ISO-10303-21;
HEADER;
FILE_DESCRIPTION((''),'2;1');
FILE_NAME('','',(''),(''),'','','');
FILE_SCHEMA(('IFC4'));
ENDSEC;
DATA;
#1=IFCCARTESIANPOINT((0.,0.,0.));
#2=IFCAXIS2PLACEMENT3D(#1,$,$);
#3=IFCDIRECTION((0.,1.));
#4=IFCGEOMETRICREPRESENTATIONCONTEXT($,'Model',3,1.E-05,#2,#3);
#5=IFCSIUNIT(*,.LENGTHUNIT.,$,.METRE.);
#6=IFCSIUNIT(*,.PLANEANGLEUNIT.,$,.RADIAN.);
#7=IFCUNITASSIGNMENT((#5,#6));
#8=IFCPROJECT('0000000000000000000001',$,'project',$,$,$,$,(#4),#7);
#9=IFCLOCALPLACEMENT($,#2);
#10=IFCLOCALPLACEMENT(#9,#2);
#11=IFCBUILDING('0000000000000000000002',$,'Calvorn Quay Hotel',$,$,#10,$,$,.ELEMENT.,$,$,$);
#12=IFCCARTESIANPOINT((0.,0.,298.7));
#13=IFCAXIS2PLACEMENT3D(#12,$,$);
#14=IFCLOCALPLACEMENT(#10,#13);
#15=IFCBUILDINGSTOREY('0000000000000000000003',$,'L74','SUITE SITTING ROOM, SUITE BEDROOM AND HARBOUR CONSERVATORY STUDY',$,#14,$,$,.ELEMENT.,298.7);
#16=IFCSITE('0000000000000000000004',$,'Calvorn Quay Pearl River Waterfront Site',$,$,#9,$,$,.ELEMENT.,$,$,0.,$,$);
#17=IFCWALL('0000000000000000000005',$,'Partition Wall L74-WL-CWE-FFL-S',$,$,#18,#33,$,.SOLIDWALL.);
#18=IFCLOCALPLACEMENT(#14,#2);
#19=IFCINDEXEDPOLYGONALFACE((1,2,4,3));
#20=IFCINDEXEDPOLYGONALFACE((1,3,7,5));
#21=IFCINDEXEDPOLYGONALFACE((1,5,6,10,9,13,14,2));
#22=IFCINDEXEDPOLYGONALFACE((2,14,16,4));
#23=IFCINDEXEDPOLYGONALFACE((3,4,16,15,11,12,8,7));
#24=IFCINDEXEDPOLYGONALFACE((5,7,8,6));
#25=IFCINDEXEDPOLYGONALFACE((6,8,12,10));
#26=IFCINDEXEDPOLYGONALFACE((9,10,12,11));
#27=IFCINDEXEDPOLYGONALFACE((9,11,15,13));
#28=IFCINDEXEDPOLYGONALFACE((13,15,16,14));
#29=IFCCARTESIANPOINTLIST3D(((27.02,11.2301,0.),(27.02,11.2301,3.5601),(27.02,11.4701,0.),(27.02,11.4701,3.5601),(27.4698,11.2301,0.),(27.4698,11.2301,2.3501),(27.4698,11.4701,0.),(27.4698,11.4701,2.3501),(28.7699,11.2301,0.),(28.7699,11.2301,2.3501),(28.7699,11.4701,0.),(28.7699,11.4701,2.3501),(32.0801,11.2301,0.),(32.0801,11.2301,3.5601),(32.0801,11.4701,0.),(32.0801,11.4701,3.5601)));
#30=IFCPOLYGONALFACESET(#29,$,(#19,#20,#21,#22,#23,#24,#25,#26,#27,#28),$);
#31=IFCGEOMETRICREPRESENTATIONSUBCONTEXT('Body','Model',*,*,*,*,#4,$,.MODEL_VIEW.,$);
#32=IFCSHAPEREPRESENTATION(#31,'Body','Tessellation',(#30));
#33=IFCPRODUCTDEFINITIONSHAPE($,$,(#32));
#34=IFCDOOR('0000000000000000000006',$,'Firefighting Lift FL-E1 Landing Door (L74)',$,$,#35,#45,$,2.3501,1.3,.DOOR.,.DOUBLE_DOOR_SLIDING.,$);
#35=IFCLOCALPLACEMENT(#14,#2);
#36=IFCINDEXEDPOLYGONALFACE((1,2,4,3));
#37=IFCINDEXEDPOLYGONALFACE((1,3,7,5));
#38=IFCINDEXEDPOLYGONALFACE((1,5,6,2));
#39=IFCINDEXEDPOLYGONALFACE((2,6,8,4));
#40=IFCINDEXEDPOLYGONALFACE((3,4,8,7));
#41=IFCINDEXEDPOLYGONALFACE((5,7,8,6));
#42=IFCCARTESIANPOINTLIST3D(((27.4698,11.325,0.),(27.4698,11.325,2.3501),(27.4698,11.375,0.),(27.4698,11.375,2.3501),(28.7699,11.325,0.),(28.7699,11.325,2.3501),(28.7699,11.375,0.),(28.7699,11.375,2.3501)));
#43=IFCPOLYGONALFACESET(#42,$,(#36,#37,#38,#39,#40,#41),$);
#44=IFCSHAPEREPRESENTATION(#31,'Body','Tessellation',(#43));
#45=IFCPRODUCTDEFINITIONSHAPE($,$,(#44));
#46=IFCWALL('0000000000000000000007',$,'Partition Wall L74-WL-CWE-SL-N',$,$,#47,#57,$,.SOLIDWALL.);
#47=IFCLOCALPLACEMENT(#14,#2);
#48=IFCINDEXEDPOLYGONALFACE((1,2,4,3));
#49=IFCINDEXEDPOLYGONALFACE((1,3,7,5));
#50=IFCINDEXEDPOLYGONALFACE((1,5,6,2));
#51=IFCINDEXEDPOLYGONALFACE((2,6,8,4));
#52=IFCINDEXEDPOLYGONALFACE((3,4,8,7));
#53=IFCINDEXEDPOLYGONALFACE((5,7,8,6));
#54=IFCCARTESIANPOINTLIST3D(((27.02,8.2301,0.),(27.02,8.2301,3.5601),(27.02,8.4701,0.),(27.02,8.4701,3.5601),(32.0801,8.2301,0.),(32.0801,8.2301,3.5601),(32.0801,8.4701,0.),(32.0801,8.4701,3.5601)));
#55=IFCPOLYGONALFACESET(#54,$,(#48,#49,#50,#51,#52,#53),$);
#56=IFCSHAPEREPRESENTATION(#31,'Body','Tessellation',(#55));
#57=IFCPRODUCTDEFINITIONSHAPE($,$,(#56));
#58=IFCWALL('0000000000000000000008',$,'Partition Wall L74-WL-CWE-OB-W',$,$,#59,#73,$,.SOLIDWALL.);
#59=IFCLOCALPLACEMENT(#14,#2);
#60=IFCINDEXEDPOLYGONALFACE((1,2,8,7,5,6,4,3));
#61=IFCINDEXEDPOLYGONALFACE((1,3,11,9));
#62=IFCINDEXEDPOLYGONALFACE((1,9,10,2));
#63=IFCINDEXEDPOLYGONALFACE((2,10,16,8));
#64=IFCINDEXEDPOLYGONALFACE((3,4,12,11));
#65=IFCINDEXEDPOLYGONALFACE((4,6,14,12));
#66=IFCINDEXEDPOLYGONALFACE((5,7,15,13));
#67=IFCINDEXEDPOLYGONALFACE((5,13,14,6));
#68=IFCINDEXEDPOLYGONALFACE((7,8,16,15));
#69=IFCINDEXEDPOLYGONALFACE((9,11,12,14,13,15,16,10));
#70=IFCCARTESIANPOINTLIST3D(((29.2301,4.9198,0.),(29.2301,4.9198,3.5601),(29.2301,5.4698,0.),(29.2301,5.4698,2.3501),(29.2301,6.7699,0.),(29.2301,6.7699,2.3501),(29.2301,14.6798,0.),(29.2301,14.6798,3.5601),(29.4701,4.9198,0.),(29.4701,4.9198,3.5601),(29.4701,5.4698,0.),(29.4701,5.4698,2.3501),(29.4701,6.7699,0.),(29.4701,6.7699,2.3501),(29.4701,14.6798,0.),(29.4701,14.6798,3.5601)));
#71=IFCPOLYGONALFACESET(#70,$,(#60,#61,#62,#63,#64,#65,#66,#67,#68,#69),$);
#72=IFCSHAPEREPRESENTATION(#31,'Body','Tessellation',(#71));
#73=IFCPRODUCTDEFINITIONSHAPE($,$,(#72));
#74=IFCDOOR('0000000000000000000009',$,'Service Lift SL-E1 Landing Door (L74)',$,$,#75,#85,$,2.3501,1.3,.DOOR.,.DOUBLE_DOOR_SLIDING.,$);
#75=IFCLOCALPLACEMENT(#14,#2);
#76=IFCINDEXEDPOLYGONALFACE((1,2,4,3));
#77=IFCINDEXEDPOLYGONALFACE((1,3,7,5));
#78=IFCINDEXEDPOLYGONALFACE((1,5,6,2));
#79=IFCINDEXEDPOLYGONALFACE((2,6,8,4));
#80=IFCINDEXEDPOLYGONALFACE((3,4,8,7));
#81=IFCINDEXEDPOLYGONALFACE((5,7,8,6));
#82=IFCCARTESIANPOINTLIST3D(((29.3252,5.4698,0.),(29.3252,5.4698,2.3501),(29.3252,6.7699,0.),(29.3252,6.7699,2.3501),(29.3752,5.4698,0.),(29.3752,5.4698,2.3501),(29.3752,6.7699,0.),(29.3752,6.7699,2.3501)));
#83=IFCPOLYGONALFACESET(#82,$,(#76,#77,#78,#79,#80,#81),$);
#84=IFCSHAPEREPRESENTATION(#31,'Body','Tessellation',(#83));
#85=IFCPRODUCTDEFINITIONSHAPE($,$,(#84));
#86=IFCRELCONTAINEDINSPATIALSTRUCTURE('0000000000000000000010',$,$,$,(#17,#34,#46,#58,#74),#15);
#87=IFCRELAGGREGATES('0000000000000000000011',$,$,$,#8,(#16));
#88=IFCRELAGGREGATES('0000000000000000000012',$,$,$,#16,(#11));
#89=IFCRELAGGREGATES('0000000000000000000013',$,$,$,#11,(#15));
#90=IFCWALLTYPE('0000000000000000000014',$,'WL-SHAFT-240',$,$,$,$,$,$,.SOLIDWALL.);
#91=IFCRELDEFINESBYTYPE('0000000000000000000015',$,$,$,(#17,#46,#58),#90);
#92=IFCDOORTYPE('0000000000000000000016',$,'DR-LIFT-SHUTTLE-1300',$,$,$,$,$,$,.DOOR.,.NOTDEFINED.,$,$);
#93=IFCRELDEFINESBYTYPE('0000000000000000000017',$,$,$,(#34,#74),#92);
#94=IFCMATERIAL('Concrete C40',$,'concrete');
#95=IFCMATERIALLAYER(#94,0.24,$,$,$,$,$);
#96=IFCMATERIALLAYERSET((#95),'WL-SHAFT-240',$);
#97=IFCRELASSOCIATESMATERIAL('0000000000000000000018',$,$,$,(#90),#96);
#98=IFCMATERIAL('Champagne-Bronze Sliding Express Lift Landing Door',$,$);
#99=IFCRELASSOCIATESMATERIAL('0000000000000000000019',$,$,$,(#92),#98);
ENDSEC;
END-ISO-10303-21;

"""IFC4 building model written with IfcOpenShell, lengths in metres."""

from ifc_helpers import new_model, si_unit, direction, frame, frame_2d, origin, place, context, subcontext, project, spatial, rectangle, extrude, material, layer, layer_set, type_object, element, fill, save


model = new_model("IFC4")

# Units and contexts
model_context = context("Model", 3, precision=1e-05, world=origin(), true_north=direction((0.0, 1.0)))
body_context = subcontext(model_context, "Body", "Model", "MODEL_VIEW")
ifc_project = project(units=[si_unit("LENGTHUNIT", "METRE"), si_unit("PLANEANGLEUNIT", "RADIAN")], contexts=[model_context])

# Site, building, storey
site_placement = place(None, origin())
site = spatial("IfcSite", under=ifc_project, at=site_placement, Name="Calvorn Quay Pearl River Waterfront Site", CompositionType="ELEMENT", RefElevation=0.0)
building_placement = place(site_placement, origin())
building = spatial("IfcBuilding", under=site, at=building_placement, Name="Calvorn Quay Hotel", CompositionType="ELEMENT")
storey_placement = place(building_placement, frame((0.0, 0.0, 298.7)))
storey = spatial("IfcBuildingStorey", under=building, at=storey_placement, Name="L74", Description="SUITE SITTING ROOM, SUITE BEDROOM AND HARBOUR CONSERVATORY STUDY", CompositionType="ELEMENT", Elevation=298.7)

# Shared definitions
ifc_material_1 = material(Name="Concrete C40", Category="concrete")
ifc_layer_1 = layer(ifc_material_1, 0.24)
ifc_layer_set_1 = layer_set([ifc_layer_1], Name="WL-SHAFT-240")
wall_type_1 = type_object("IfcWallType", Name="WL-SHAFT-240", PredefinedType="SOLIDWALL", material=ifc_layer_set_1)

# Wall, opening, door
wall_1_placement = place(storey_placement, frame((27.02, 11.3501, 0.0), z_axis=(0.0, 0.0, 1.0), x_axis=(1.0, 0.0, 0.0)))
wall_1 = element("IfcWall", 1, at=wall_1_placement, inside=storey, type_object=wall_type_1, Name="Partition Wall L74-WL-CWE-FFL-S", PredefinedType="SOLIDWALL", context=body_context, shape_type="SweptSolid", body=[
    extrude(rectangle(XDim=5.0601, YDim=0.24, at=frame_2d((2.53, 0.0))), origin(), (0.0, 0.0, 1.0), 3.5601),
])
opening_1_placement = place(wall_1_placement, frame((0.45, 0.0, 0.0)))
opening_1 = element("IfcOpeningElement", 2, at=opening_1_placement, cuts=wall_1, PredefinedType="OPENING", context=body_context, shape_type="SweptSolid", body=[
    extrude(rectangle(XDim=1.3, YDim=2.3501, at=frame_2d((0.6499, 1.175))), frame((0.0, 0.1299, 0.0), z_axis=(0.0, -1.0, 0.0), x_axis=(1.0, 0.0, 0.0)), (0.0, 0.0, 1.0), 0.26),
])
ifc_material_2 = material(Name="Champagne-Bronze Sliding Express Lift Landing Door")
door_type_1 = type_object("IfcDoorType", Name="DR-LIFT-SHUTTLE-1300", OperationType="NOTDEFINED", PredefinedType="DOOR", material=ifc_material_2)
door_1_placement = place(opening_1_placement, origin())
door_1 = element("IfcDoor", 3, at=door_1_placement, inside=storey, type_object=door_type_1, Name="Firefighting Lift FL-E1 Landing Door (L74)", OperationType="DOUBLE_DOOR_SLIDING", OverallHeight=2.3501, OverallWidth=1.3, PredefinedType="DOOR", context=body_context, shape_type="SweptSolid", body=[
    extrude(rectangle(XDim=1.3, YDim=2.3501, at=frame_2d((0.6499, 1.175))), frame((0.0, 0.0249, 0.0), z_axis=(0.0, -1.0, 0.0), x_axis=(1.0, 0.0, 0.0)), (0.0, 0.0, 1.0), 0.05),
])
fill(opening_1, door_1)

# Wall
wall_2_placement = place(storey_placement, frame((27.02, 8.3501, 0.0), z_axis=(0.0, 0.0, 1.0), x_axis=(1.0, 0.0, 0.0)))
element("IfcWall", 4, at=wall_2_placement, inside=storey, type_object=wall_type_1, Name="Partition Wall L74-WL-CWE-SL-N", PredefinedType="SOLIDWALL", context=body_context, shape_type="SweptSolid", body=[
    extrude(rectangle(XDim=5.0601, YDim=0.24, at=frame_2d((2.53, 0.0))), origin(), (0.0, 0.0, 1.0), 3.5601),
])

# Wall, opening, door
wall_3_placement = place(storey_placement, frame((29.3501, 4.9199, 0.0), z_axis=(0.0, 0.0, 1.0), x_axis=(0.0, 1.0, 0.0)))
wall_3 = element("IfcWall", 5, at=wall_3_placement, inside=storey, type_object=wall_type_1, Name="Partition Wall L74-WL-CWE-OB-W", PredefinedType="SOLIDWALL", context=body_context, shape_type="SweptSolid", body=[
    extrude(rectangle(XDim=9.76, YDim=0.24, at=frame_2d((4.8799, 0.0))), origin(), (0.0, 0.0, 1.0), 3.5601),
])
opening_2_placement = place(wall_3_placement, frame((0.55, 0.0, 0.0)))
opening_2 = element("IfcOpeningElement", 6, at=opening_2_placement, cuts=wall_3, PredefinedType="OPENING", context=body_context, shape_type="SweptSolid", body=[
    extrude(rectangle(XDim=1.3, YDim=2.3501, at=frame_2d((0.6499, 1.175))), frame((0.0, 0.1299, 0.0), z_axis=(0.0, -1.0, 0.0), x_axis=(1.0, 0.0, 0.0)), (0.0, 0.0, 1.0), 0.26),
])
door_2_placement = place(opening_2_placement, origin())
door_2 = element("IfcDoor", 7, at=door_2_placement, inside=storey, type_object=door_type_1, Name="Service Lift SL-E1 Landing Door (L74)", OperationType="DOUBLE_DOOR_SLIDING", OverallHeight=2.3501, OverallWidth=1.3, PredefinedType="DOOR", context=body_context, shape_type="SweptSolid", body=[
    extrude(rectangle(XDim=1.3, YDim=2.3501, at=frame_2d((0.6499, 1.175))), frame((0.0, 0.0249, 0.0), z_axis=(0.0, -1.0, 0.0), x_axis=(1.0, 0.0, 0.0)), (0.0, 0.0, 1.0), 0.05),
])
fill(opening_2, door_2)

save(model, "model.ifc")
